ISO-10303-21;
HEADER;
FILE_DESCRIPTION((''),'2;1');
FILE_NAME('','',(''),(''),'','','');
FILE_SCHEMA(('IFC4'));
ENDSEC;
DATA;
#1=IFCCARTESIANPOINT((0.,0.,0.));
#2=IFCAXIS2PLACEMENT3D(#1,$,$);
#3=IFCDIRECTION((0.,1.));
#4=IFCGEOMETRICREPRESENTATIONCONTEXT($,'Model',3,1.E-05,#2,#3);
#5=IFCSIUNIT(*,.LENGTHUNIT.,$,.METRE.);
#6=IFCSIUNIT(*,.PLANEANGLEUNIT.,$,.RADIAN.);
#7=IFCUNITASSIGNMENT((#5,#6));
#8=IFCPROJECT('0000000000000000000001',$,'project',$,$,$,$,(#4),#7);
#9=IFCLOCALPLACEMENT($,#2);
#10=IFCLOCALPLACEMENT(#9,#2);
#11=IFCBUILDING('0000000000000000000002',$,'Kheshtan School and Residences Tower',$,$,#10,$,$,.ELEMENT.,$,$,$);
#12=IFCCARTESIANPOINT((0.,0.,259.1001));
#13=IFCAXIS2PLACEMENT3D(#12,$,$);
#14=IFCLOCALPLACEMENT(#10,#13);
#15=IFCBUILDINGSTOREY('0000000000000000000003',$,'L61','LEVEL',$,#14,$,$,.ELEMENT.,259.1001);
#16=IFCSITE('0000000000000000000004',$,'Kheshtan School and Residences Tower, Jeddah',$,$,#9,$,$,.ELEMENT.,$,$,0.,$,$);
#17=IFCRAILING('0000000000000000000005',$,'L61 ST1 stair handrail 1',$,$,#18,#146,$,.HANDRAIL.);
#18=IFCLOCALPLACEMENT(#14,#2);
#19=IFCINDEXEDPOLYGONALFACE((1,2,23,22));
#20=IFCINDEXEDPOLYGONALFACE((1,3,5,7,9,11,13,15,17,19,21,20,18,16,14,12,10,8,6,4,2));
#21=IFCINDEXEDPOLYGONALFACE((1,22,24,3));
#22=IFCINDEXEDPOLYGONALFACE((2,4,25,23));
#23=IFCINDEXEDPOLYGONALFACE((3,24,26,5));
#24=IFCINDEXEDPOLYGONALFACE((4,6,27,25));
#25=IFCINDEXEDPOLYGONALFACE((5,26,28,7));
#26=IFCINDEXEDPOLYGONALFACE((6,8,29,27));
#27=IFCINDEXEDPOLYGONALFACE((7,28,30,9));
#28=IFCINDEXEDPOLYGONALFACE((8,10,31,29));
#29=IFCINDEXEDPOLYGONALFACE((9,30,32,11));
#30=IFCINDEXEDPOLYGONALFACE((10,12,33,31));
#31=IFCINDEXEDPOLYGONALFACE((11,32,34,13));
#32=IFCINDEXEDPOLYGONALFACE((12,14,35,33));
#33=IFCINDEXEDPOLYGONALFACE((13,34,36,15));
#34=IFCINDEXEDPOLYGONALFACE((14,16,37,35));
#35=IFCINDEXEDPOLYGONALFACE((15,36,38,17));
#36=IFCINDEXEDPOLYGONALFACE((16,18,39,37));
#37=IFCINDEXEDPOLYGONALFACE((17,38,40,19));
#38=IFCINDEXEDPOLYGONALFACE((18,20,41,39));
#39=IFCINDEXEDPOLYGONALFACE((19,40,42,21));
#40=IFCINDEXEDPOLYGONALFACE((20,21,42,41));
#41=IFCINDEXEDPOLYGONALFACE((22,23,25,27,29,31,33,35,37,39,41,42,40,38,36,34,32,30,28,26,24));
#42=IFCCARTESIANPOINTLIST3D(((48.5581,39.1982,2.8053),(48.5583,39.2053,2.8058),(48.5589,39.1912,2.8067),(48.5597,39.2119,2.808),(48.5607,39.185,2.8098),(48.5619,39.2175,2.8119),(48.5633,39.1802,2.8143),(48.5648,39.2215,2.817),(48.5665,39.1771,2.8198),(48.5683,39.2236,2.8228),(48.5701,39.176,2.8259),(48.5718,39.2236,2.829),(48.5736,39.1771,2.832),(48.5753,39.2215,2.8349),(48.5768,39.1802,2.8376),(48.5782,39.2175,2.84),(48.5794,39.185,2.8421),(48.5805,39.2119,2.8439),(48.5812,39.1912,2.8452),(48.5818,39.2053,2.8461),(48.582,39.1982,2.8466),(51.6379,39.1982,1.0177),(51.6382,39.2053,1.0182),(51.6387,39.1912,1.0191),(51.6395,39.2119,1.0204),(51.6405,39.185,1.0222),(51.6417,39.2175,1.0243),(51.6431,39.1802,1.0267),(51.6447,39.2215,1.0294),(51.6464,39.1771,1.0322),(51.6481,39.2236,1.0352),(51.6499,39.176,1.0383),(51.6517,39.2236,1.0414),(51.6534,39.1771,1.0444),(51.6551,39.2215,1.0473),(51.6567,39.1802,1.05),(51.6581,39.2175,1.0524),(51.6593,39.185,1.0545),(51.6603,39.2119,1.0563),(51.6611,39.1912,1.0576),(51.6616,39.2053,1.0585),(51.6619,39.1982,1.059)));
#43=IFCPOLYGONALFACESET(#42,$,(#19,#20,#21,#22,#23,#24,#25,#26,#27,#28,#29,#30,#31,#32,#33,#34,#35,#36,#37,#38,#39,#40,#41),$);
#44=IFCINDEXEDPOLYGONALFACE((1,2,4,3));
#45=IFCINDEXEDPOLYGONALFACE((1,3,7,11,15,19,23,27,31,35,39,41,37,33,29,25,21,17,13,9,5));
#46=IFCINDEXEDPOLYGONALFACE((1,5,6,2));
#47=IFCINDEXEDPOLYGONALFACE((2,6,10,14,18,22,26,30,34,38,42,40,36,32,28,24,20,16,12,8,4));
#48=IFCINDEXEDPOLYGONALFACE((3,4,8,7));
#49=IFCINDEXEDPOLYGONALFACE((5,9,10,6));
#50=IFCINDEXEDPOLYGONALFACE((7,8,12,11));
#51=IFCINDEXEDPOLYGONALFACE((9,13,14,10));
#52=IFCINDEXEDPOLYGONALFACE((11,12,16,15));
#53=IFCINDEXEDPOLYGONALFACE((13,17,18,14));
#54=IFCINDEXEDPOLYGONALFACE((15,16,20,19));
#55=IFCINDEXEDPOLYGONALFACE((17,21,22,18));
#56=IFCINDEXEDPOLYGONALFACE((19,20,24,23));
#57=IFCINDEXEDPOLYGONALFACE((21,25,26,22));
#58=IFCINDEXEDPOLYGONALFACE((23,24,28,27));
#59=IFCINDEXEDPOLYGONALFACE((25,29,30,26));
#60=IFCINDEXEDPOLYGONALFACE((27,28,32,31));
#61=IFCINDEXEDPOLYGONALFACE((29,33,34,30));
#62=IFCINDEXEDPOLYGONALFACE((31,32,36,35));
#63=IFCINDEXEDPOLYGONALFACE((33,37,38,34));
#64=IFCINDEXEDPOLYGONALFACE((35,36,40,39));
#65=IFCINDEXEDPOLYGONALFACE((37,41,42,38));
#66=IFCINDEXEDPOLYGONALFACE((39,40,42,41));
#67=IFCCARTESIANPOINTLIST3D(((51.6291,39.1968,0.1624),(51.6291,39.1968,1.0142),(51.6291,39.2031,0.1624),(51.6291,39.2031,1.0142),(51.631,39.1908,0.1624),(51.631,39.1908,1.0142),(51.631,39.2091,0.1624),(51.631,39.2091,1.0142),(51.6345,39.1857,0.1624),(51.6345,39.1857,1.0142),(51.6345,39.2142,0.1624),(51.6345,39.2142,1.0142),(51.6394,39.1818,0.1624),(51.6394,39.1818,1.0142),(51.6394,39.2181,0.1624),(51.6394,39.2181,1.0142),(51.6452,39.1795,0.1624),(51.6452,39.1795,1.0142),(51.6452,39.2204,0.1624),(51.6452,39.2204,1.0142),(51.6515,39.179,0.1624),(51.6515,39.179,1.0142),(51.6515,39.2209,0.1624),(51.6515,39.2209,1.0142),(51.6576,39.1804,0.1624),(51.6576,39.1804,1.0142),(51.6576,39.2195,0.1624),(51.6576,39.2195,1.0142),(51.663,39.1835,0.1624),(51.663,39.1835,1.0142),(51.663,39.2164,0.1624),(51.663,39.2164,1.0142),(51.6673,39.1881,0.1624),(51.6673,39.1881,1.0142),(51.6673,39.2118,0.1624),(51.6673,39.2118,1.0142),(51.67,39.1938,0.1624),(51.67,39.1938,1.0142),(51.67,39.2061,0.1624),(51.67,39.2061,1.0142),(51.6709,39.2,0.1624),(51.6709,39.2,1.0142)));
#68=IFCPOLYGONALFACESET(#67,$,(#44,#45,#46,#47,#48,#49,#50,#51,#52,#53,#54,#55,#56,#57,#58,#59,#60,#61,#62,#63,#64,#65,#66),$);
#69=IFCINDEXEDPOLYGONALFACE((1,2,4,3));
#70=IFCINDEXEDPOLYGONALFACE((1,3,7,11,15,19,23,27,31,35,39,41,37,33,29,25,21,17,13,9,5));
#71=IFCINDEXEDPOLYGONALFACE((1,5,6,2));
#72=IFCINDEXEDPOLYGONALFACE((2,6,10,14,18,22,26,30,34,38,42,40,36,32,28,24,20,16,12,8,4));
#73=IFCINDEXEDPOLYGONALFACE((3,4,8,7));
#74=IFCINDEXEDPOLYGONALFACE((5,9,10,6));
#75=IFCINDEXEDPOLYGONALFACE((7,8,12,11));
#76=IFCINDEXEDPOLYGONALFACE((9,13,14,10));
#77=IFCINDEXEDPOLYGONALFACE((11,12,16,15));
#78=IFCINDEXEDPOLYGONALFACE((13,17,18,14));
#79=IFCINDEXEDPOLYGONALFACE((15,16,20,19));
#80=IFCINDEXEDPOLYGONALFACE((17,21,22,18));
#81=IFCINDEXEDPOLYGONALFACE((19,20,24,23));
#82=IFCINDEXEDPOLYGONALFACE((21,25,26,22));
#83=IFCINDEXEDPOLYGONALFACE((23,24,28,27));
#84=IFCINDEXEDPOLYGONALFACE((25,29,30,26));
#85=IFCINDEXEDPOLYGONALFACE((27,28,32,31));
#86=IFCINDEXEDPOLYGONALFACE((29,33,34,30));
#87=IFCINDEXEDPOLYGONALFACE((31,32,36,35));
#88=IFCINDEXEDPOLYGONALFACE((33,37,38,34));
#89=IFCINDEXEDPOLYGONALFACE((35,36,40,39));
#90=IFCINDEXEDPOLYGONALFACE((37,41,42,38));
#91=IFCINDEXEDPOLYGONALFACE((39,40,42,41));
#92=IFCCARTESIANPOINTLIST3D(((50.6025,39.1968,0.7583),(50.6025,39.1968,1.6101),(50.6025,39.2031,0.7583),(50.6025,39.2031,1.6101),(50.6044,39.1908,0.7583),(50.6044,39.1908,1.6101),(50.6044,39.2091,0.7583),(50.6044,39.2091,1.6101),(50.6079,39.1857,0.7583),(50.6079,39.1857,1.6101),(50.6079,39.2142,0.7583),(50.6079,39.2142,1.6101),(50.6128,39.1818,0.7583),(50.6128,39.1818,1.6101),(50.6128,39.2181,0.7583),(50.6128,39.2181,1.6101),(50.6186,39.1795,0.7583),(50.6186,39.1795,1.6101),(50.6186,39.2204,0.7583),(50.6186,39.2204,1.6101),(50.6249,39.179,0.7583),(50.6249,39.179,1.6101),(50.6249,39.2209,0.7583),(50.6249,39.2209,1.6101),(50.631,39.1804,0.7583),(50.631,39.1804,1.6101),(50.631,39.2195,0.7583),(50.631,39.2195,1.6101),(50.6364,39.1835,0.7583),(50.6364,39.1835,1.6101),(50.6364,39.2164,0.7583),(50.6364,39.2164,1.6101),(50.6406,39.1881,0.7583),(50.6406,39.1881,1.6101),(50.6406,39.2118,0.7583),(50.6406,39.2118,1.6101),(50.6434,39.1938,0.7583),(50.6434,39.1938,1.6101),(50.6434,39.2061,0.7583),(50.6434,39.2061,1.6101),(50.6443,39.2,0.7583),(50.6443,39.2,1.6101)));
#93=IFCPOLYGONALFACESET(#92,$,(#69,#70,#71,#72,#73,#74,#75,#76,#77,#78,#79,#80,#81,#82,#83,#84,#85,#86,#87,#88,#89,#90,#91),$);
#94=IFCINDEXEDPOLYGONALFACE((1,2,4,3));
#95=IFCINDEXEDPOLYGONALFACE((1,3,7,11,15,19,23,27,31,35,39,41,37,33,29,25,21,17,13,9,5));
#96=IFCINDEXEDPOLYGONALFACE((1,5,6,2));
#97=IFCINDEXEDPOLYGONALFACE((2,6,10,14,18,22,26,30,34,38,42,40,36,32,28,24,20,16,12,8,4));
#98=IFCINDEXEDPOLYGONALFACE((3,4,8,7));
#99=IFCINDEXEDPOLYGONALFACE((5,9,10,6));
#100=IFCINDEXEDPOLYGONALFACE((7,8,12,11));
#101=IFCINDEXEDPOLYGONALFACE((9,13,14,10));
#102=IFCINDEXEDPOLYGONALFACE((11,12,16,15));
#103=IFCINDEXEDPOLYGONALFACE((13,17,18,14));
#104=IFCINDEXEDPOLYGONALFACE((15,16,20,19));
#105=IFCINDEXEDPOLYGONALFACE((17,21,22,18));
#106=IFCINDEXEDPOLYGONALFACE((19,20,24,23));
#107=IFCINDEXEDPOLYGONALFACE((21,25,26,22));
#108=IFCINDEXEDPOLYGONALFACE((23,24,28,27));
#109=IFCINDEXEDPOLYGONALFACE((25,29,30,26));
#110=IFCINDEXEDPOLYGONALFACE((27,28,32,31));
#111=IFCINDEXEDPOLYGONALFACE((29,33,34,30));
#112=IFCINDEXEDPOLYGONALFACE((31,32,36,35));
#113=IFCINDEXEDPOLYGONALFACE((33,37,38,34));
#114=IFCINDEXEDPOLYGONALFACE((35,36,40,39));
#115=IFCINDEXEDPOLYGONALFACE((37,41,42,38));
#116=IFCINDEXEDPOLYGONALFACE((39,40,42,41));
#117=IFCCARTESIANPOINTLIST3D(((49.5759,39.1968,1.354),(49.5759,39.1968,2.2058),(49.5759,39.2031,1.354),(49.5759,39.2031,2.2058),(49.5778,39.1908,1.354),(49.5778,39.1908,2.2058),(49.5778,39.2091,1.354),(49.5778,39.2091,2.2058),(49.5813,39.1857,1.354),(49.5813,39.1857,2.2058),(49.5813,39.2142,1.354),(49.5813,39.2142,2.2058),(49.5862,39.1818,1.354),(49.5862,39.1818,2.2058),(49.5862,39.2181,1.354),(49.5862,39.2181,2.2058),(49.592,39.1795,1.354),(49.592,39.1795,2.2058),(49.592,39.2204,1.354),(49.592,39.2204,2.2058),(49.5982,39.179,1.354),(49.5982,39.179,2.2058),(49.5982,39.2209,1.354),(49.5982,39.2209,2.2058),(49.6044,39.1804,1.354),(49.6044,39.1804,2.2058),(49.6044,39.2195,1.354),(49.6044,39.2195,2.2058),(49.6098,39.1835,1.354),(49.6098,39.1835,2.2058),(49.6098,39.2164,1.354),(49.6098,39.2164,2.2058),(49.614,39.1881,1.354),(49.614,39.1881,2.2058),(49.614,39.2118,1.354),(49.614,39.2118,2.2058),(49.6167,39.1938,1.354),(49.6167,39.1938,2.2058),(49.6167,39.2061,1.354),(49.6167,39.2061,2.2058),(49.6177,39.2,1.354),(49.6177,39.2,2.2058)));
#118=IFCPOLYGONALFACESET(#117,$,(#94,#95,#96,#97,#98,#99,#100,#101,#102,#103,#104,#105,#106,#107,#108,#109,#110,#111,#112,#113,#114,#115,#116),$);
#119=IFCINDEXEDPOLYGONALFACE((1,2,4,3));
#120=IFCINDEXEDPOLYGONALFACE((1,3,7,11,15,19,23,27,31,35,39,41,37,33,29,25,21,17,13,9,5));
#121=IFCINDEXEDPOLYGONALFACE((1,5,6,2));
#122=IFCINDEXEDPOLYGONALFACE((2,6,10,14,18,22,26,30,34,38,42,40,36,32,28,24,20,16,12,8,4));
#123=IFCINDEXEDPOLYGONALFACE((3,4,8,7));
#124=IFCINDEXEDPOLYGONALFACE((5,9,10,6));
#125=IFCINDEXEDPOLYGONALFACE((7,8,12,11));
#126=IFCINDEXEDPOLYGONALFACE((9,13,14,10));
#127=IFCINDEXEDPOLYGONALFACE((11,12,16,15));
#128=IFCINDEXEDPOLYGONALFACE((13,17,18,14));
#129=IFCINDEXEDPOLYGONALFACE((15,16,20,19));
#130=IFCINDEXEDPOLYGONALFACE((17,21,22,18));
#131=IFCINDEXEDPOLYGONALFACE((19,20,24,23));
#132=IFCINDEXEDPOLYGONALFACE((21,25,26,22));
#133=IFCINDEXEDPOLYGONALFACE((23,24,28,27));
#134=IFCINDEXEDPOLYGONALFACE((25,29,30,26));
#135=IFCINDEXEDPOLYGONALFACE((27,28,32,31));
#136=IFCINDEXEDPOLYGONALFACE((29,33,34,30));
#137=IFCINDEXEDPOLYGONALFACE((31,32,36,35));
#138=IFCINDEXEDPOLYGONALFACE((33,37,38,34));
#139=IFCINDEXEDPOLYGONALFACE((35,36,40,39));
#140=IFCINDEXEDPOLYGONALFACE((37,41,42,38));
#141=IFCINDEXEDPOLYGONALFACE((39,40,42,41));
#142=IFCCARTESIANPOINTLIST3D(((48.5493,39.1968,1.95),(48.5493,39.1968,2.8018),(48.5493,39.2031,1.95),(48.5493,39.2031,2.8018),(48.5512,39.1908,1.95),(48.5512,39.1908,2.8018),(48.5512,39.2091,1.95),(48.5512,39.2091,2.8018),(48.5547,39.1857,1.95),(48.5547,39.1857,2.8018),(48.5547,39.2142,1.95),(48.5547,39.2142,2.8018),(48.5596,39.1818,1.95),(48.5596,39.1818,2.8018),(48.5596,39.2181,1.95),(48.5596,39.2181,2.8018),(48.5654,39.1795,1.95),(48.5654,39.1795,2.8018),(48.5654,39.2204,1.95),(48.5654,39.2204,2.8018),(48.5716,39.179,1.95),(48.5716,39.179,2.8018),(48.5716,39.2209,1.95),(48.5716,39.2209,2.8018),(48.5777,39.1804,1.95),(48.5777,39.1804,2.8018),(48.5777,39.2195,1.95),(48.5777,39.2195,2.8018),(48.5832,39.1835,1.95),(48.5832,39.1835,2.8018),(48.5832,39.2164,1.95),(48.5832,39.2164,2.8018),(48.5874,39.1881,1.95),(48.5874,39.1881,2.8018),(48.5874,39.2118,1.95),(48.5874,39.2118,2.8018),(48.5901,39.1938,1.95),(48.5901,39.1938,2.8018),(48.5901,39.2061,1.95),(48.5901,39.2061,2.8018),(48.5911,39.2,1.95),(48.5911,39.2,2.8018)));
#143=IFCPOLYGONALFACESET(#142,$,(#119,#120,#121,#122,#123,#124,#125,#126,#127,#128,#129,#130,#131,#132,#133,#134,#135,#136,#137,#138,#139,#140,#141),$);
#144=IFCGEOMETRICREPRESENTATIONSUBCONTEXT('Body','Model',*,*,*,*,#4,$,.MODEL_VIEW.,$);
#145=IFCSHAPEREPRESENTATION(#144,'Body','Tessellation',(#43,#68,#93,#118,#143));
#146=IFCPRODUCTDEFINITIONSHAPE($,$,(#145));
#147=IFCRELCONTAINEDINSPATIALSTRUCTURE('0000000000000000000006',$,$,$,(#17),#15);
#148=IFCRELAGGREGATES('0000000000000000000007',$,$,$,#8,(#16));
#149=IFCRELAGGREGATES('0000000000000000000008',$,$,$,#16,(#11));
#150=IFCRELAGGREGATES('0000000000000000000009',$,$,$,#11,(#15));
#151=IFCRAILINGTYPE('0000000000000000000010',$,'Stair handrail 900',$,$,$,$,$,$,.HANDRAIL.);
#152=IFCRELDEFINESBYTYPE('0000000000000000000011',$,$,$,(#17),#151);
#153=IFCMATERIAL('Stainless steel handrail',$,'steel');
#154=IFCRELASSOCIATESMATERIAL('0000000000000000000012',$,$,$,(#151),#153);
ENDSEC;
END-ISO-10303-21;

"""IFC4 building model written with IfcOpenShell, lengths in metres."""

from ifc_helpers import new_model, si_unit, direction, frame, origin, origin_2d, place, context, subcontext, project, spatial, circle, extrude, material, type_object, element, save


model = new_model("IFC4")

# Units and contexts
model_context = context("Model", 3, precision=1e-05, world=origin(), true_north=direction((0.0, 1.0)))
body_context = subcontext(model_context, "Body", "Model", "MODEL_VIEW")
ifc_project = project(units=[si_unit("LENGTHUNIT", "METRE"), si_unit("PLANEANGLEUNIT", "RADIAN")], contexts=[model_context])

# Site, building, storey
site_placement = place(None, origin())
site = spatial("IfcSite", under=ifc_project, at=site_placement, Name="Kheshtan School and Residences Tower, Jeddah", CompositionType="ELEMENT", RefElevation=0.0)
building_placement = place(site_placement, origin())
building = spatial("IfcBuilding", under=site, at=building_placement, Name="Kheshtan School and Residences Tower", CompositionType="ELEMENT")
storey_placement = place(building_placement, frame((0.0, 0.0, 259.1001)))
storey = spatial("IfcBuildingStorey", under=building, at=storey_placement, Name="L61", Description="LEVEL", CompositionType="ELEMENT", Elevation=259.1001)

# Railing
ifc_material_1 = material(Name="Stainless steel handrail", Category="steel")
railing_type_1 = type_object("IfcRailingType", Name="Stair handrail 900", PredefinedType="HANDRAIL", material=ifc_material_1)
railing_1_placement = place(storey_placement, frame((51.6499, 39.2, 0.1624)))
element("IfcRailing", 1, at=railing_1_placement, inside=storey, type_object=railing_type_1, Name="L61 ST1 stair handrail 1", PredefinedType="HANDRAIL", context=body_context, shape_type="SweptSolid", body=[
    extrude(circle(Radius=0.0239, at=origin_2d()), frame((0.0, 0.0, 0.876), z_axis=(-0.864873, 0.0, 0.50199), x_axis=(0.0, -1.0, 0.0)), (0.0, 0.0, 1.0), 3.561),
    extrude(circle(Radius=0.021, at=origin_2d()), origin(), (0.0, 0.0, 1.0), 0.8518),
    extrude(circle(Radius=0.021, at=origin_2d()), frame((-1.0266, 0.0, 0.5959)), (0.0, 0.0, 1.0), 0.8518),
    extrude(circle(Radius=0.021, at=origin_2d()), frame((-2.0532, 0.0, 1.1917)), (0.0, 0.0, 1.0), 0.8518),
    extrude(circle(Radius=0.021, at=origin_2d()), frame((-3.0798, 0.0, 1.7876)), (0.0, 0.0, 1.0), 0.8518),
])

save(model, "model.ifc")
